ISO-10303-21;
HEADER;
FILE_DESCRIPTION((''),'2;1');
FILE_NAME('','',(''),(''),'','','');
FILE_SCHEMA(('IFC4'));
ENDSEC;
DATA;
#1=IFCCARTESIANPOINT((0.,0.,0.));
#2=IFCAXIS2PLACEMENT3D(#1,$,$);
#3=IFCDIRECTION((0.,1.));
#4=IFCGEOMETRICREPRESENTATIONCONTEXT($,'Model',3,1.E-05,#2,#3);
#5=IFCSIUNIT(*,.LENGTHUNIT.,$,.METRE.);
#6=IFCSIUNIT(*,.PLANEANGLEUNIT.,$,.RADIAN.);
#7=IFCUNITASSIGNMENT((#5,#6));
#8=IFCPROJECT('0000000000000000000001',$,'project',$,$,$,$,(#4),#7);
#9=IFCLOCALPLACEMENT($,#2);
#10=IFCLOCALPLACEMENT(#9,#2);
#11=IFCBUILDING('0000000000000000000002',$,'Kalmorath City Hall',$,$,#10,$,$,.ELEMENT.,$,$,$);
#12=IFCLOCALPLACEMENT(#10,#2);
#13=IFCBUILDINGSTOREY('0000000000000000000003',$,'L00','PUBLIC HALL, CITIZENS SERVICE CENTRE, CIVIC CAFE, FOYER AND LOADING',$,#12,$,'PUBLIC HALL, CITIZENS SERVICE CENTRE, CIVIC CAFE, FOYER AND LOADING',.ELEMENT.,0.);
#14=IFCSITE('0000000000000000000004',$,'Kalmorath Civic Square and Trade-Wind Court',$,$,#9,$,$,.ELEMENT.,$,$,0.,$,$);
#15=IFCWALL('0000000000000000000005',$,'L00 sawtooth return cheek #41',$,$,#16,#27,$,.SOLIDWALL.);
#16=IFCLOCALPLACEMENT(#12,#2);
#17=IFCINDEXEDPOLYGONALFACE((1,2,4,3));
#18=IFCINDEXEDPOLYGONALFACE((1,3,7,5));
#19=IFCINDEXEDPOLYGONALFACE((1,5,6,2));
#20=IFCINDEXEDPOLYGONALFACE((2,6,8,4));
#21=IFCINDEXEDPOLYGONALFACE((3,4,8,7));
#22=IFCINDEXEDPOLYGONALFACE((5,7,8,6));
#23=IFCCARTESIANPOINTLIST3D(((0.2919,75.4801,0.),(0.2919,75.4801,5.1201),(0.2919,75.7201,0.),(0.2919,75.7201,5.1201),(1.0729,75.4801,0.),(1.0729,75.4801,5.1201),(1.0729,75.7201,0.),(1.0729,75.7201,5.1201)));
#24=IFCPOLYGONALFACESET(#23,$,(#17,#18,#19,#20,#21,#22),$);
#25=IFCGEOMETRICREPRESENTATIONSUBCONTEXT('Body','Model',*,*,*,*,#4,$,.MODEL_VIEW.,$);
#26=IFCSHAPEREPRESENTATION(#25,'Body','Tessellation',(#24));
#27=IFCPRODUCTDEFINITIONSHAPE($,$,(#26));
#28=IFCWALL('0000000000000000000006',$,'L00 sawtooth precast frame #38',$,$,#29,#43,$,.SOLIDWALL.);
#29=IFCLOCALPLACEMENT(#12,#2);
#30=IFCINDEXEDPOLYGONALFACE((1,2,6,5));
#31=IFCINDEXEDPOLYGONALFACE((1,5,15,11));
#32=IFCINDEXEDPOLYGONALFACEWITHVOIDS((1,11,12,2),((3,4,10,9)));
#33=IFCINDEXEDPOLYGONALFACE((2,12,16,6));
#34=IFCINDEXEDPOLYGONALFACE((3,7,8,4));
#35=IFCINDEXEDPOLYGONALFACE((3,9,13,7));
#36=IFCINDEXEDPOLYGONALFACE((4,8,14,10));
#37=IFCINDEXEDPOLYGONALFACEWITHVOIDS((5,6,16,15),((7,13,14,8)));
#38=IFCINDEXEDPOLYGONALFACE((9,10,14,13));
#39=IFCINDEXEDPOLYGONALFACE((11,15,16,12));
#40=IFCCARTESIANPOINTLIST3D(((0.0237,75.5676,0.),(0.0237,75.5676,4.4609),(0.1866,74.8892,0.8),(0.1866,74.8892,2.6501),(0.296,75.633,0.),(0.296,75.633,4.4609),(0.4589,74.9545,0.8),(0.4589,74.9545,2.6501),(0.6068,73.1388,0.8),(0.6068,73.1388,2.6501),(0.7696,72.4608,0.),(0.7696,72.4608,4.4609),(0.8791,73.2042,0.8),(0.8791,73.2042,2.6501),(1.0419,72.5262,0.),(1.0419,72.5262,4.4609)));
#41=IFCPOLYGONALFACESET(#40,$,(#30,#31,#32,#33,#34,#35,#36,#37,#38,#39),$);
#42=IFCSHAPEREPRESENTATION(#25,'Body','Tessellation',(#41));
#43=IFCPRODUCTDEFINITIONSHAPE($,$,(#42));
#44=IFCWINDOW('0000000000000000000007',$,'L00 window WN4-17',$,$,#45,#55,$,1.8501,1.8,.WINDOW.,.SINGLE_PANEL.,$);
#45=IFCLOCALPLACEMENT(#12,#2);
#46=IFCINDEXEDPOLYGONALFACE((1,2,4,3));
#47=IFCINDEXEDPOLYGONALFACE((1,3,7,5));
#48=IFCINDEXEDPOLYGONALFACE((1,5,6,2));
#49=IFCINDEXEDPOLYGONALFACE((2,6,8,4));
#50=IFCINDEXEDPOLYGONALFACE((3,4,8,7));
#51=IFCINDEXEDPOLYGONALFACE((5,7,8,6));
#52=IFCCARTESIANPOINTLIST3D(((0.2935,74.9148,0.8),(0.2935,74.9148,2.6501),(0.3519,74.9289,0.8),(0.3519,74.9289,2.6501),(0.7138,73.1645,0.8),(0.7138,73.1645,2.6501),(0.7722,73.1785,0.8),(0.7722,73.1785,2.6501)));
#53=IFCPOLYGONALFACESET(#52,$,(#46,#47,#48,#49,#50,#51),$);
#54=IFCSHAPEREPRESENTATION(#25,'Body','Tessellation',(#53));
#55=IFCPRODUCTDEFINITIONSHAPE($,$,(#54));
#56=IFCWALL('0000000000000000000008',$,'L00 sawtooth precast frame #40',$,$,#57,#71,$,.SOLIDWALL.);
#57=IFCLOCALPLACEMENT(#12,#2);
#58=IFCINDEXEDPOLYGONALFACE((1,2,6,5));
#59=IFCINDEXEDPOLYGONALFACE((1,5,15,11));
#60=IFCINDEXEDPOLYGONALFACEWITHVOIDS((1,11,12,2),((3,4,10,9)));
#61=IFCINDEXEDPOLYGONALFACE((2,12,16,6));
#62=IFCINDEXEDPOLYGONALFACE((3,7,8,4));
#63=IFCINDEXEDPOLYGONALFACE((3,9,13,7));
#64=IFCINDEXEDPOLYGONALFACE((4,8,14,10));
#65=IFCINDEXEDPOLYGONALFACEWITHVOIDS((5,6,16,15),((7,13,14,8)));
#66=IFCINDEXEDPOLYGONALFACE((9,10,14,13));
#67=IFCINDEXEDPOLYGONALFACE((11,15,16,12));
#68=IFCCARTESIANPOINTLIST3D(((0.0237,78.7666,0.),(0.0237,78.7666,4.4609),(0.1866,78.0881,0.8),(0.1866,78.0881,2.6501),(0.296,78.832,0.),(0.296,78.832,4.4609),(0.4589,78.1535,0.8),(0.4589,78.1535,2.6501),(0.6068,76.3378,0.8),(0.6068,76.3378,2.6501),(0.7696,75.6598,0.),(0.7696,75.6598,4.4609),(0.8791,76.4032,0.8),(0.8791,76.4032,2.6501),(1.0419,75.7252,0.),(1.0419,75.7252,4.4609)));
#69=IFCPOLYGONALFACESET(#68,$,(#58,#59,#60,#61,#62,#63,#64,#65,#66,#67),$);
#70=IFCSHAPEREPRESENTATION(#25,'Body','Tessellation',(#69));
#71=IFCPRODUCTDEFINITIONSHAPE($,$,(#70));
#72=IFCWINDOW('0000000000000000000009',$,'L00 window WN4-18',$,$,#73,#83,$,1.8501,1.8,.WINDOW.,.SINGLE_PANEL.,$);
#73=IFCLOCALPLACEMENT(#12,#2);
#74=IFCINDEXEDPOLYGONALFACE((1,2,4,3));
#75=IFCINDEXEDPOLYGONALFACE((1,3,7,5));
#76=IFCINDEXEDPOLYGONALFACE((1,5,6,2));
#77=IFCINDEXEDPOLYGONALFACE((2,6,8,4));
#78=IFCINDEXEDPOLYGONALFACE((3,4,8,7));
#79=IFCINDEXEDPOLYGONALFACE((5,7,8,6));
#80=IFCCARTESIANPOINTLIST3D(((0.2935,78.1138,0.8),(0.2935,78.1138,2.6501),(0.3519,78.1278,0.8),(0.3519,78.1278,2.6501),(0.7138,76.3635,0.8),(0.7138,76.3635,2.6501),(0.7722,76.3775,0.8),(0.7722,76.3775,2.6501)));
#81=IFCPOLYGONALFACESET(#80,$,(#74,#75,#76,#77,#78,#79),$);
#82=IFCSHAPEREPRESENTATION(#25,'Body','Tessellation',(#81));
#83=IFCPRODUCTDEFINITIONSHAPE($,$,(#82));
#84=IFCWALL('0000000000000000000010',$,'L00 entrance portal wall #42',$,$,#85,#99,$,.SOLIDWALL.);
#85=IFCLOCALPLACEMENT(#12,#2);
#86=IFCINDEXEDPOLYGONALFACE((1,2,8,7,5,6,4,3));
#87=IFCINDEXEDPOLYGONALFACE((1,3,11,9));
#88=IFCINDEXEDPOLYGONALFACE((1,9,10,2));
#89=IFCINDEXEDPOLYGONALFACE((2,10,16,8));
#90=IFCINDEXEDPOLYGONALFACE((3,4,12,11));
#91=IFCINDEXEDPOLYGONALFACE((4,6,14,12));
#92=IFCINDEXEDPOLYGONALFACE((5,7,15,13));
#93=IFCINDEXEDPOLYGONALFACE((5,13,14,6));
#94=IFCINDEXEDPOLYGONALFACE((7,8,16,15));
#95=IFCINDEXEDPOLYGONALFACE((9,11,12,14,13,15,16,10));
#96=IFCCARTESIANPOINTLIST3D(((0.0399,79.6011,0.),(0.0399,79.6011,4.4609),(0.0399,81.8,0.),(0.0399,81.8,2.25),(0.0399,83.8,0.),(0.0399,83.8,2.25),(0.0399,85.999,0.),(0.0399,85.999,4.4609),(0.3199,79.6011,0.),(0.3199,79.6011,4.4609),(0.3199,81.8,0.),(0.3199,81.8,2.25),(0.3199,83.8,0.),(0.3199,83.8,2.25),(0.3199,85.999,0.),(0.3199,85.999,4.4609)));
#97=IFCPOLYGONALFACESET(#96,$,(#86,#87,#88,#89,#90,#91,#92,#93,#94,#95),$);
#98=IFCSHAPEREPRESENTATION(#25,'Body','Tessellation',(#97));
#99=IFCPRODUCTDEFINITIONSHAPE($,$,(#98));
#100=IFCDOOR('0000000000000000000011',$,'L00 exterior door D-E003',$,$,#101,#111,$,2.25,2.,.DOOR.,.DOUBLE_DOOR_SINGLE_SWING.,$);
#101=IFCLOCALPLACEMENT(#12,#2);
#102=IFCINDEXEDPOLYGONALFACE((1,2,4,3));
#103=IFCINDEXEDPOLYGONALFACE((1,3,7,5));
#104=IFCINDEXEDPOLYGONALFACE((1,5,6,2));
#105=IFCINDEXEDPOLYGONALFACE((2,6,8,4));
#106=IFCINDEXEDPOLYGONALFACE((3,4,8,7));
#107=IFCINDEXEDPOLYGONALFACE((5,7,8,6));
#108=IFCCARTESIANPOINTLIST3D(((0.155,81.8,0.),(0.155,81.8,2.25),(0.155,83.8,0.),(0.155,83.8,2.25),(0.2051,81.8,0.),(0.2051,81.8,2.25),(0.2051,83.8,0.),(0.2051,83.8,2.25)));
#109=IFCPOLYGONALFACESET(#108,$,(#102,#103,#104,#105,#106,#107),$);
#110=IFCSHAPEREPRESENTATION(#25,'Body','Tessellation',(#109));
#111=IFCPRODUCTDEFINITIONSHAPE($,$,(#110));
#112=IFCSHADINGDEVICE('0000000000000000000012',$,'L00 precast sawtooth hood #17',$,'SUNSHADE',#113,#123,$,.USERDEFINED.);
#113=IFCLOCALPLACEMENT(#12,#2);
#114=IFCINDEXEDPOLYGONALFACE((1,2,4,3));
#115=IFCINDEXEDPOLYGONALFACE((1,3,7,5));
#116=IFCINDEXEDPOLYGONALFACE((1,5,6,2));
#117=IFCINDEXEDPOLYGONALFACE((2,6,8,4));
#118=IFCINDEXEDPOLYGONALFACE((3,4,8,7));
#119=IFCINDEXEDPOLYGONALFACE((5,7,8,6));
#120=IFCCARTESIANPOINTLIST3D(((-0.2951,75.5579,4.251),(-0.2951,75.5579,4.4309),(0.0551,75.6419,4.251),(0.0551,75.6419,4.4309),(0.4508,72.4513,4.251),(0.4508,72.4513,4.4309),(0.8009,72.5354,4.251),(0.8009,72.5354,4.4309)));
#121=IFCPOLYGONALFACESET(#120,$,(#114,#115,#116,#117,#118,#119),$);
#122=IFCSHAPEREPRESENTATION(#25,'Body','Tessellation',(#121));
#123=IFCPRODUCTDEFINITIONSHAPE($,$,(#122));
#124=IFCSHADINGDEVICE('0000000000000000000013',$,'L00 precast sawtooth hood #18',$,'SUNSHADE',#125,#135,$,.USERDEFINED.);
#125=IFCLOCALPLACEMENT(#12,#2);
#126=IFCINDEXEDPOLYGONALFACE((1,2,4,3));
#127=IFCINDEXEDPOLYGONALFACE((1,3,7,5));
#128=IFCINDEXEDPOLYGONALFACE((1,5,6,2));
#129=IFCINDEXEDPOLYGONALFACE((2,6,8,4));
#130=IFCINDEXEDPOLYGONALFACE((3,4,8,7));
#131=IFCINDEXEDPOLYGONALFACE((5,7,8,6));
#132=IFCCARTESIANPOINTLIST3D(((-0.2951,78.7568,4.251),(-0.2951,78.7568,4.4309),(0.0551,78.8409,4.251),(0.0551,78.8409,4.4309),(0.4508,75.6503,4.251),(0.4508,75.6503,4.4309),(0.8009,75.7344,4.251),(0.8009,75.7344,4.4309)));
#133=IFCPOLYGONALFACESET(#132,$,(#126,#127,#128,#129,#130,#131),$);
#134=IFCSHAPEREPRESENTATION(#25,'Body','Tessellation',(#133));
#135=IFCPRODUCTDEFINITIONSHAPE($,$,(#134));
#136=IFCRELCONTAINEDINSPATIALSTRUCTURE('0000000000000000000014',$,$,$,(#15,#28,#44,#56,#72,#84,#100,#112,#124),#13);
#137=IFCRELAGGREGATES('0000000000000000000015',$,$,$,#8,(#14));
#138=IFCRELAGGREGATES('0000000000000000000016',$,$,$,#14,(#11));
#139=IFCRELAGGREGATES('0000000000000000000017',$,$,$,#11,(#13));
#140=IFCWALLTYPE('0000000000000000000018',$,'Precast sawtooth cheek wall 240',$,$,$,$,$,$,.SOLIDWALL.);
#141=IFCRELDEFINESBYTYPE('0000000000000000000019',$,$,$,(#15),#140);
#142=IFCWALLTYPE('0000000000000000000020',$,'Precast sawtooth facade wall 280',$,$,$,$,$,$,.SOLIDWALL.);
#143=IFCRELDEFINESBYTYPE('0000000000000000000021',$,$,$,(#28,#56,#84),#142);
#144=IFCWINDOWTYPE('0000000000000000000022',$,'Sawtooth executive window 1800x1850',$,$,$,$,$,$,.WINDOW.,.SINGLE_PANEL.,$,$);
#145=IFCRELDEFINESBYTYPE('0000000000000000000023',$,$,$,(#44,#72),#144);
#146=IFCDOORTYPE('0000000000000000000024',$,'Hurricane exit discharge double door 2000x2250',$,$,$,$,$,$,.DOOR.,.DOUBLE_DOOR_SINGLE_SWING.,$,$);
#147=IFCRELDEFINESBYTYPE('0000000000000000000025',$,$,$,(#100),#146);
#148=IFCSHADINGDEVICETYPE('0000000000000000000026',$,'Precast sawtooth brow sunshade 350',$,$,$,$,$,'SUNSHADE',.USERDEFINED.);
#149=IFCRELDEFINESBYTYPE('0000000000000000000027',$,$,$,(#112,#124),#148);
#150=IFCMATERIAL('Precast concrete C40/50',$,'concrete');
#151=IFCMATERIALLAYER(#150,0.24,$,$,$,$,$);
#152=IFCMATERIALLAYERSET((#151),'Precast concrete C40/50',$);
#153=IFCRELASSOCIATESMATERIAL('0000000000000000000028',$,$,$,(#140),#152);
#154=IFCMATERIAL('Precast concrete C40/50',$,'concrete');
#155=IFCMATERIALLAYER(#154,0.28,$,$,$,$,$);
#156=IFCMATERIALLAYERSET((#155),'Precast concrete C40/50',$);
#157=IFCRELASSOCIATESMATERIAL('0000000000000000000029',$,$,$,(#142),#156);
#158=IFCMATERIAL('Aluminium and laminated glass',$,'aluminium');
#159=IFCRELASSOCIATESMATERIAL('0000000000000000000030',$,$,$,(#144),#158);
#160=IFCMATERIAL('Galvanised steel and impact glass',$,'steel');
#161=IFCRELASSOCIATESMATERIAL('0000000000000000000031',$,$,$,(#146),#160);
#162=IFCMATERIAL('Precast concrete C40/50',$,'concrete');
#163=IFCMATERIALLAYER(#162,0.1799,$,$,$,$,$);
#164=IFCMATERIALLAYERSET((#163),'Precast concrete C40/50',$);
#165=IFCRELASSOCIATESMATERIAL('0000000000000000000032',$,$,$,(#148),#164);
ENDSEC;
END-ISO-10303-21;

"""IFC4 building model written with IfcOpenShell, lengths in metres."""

from ifc_helpers import new_model, si_unit, direction, frame, frame_2d, origin, origin_2d, place, context, subcontext, project, spatial, rectangle, extrude, material, layer, layer_set, type_object, element, fill, save


model = new_model("IFC4")

# Units and contexts
model_context = context("Model", 3, precision=1e-05, world=origin(), true_north=direction((0.0, 1.0)))
body_context = subcontext(model_context, "Body", "Model", "MODEL_VIEW")
ifc_project = project(units=[si_unit("LENGTHUNIT", "METRE"), si_unit("PLANEANGLEUNIT", "RADIAN")], contexts=[model_context])

# Site, building, storey
site_placement = place(None, origin())
site = spatial("IfcSite", under=ifc_project, at=site_placement, Name="Kalmorath Civic Square and Trade-Wind Court", CompositionType="ELEMENT", RefElevation=0.0)
building_placement = place(site_placement, origin())
building = spatial("IfcBuilding", under=site, at=building_placement, Name="Kalmorath City Hall", CompositionType="ELEMENT")
storey_placement = place(building_placement, origin())
storey = spatial("IfcBuildingStorey", under=building, at=storey_placement, Name="L00", Description="PUBLIC HALL, CITIZENS SERVICE CENTRE, CIVIC CAFE, FOYER AND LOADING", LongName="PUBLIC HALL, CITIZENS SERVICE CENTRE, CIVIC CAFE, FOYER AND LOADING", CompositionType="ELEMENT", Elevation=0.0)

# Wall
ifc_material_1 = material(Name="Precast concrete C40/50", Category="concrete")
ifc_layer_1 = layer(ifc_material_1, 0.24)
ifc_layer_set_1 = layer_set([ifc_layer_1], Name="Precast concrete C40/50")
wall_type_1 = type_object("IfcWallType", Name="Precast sawtooth cheek wall 240", PredefinedType="SOLIDWALL", material=ifc_layer_set_1)
wall_1_placement = place(storey_placement, frame((1.073, 75.6001, 0.0), z_axis=(0.0, 0.0, 1.0), x_axis=(-1.0, 0.0, 0.0)))
element("IfcWall", 1, at=wall_1_placement, inside=storey, type_object=wall_type_1, Name="L00 sawtooth return cheek #41", PredefinedType="SOLIDWALL", context=body_context, shape_type="SweptSolid", body=[
    extrude(rectangle(XDim=0.781, YDim=0.24, at=frame_2d((0.3906, 0.0))), origin(), (0.0, 0.0, 1.0), 5.1201),
])

# Walls, openings, windows
ifc_material_2 = material(Name="Precast concrete C40/50", Category="concrete")
ifc_layer_2 = layer(ifc_material_2, 0.28)
ifc_layer_set_2 = layer_set([ifc_layer_2], Name="Precast concrete C40/50")
wall_type_2 = type_object("IfcWallType", Name="Precast sawtooth facade wall 280", PredefinedType="SOLIDWALL", material=ifc_layer_set_2)
wall_2_placement = place(storey_placement, frame((0.9058, 72.4934, 0.0), z_axis=(0.0, 0.0, 1.0), x_axis=(-0.233445, 0.97237, 0.0)))
wall_2 = element("IfcWall", 2, at=wall_2_placement, inside=storey, type_object=wall_type_2, Name="L00 sawtooth precast frame #38", PredefinedType="SOLIDWALL", context=body_context, shape_type="SweptSolid", body=[
    extrude(rectangle(XDim=3.1951, YDim=0.28, at=frame_2d((1.5977, 0.0))), origin(), (0.0, 0.0, 1.0), 4.4609),
])
opening_1_placement = place(wall_2_placement, frame((0.6975, 0.0, 0.8)))
opening_1 = element("IfcOpeningElement", 3, at=opening_1_placement, cuts=wall_2, PredefinedType="OPENING", context=body_context, shape_type="SweptSolid", body=[
    extrude(rectangle(XDim=1.8, YDim=1.8501, at=frame_2d((0.8999, 0.925))), frame((0.0, 0.1499, 0.0), z_axis=(0.0, -1.0, 0.0), x_axis=(1.0, 0.0, 0.0)), (0.0, 0.0, 1.0), 0.3),
])
ifc_material_3 = material(Name="Aluminium and laminated glass", Category="aluminium")
window_type = type_object("IfcWindowType", Name="Sawtooth executive window 1800x1850", PartitioningType="SINGLE_PANEL", PredefinedType="WINDOW", material=ifc_material_3)
window_1_placement = place(opening_1_placement, origin())
window_1 = element("IfcWindow", 4, at=window_1_placement, inside=storey, type_object=window_type, Name="L00 window WN4-17", OverallHeight=1.8501, OverallWidth=1.8, PartitioningType="SINGLE_PANEL", PredefinedType="WINDOW", context=body_context, shape_type="SweptSolid", body=[
    extrude(rectangle(XDim=1.8, YDim=1.8501, at=frame_2d((0.8999, 0.925))), frame((0.0, 0.03, 0.0), z_axis=(0.0, -1.0, 0.0), x_axis=(1.0, 0.0, 0.0)), (0.0, 0.0, 1.0), 0.0601),
])
fill(opening_1, window_1)
wall_3_placement = place(storey_placement, frame((0.9058, 75.6924, 0.0), z_axis=(0.0, 0.0, 1.0), x_axis=(-0.233445, 0.97237, 0.0)))
wall_3 = element("IfcWall", 5, at=wall_3_placement, inside=storey, type_object=wall_type_2, Name="L00 sawtooth precast frame #40", PredefinedType="SOLIDWALL", context=body_context, shape_type="SweptSolid", body=[
    extrude(rectangle(XDim=3.1951, YDim=0.28, at=frame_2d((1.5977, 0.0))), origin(), (0.0, 0.0, 1.0), 4.4609),
])
opening_2_placement = place(wall_3_placement, frame((0.6975, 0.0, 0.8)))
opening_2 = element("IfcOpeningElement", 6, at=opening_2_placement, cuts=wall_3, PredefinedType="OPENING", context=body_context, shape_type="SweptSolid", body=[
    extrude(rectangle(XDim=1.8, YDim=1.8501, at=frame_2d((0.8999, 0.925))), frame((0.0, 0.1499, 0.0), z_axis=(0.0, -1.0, 0.0), x_axis=(1.0, 0.0, 0.0)), (0.0, 0.0, 1.0), 0.3),
])
window_2_placement = place(opening_2_placement, origin())
window_2 = element("IfcWindow", 7, at=window_2_placement, inside=storey, type_object=window_type, Name="L00 window WN4-18", OverallHeight=1.8501, OverallWidth=1.8, PartitioningType="SINGLE_PANEL", PredefinedType="WINDOW", context=body_context, shape_type="SweptSolid", body=[
    extrude(rectangle(XDim=1.8, YDim=1.8501, at=frame_2d((0.8999, 0.925))), frame((0.0, 0.03, 0.0), z_axis=(0.0, -1.0, 0.0), x_axis=(1.0, 0.0, 0.0)), (0.0, 0.0, 1.0), 0.0601),
])
fill(opening_2, window_2)

# Wall, opening, door
wall_4_placement = place(storey_placement, frame((0.1799, 79.6011, 0.0), z_axis=(0.0, 0.0, 1.0), x_axis=(0.0, 1.0, 0.0)))
wall_4 = element("IfcWall", 8, at=wall_4_placement, inside=storey, type_object=wall_type_2, Name="L00 entrance portal wall #42", PredefinedType="SOLIDWALL", context=body_context, shape_type="SweptSolid", body=[
    extrude(rectangle(XDim=6.3979, YDim=0.28, at=frame_2d((3.199, 0.0))), origin(), (0.0, 0.0, 1.0), 4.4609),
])
opening_3_placement = place(wall_4_placement, frame((2.199, 0.0, 0.0)))
opening_3 = element("IfcOpeningElement", 9, at=opening_3_placement, cuts=wall_4, PredefinedType="OPENING", context=body_context, shape_type="SweptSolid", body=[
    extrude(rectangle(XDim=2.0, YDim=2.25, at=frame_2d((1.0, 1.125))), frame((0.0, 0.1499, 0.0), z_axis=(0.0, -1.0, 0.0), x_axis=(1.0, 0.0, 0.0)), (0.0, 0.0, 1.0), 0.3),
])
ifc_material_4 = material(Name="Galvanised steel and impact glass", Category="steel")
door_type = type_object("IfcDoorType", Name="Hurricane exit discharge double door 2000x2250", OperationType="DOUBLE_DOOR_SINGLE_SWING", PredefinedType="DOOR", material=ifc_material_4)
door_placement = place(opening_3_placement, origin())
door = element("IfcDoor", 10, at=door_placement, inside=storey, type_object=door_type, Name="L00 exterior door D-E003", OperationType="DOUBLE_DOOR_SINGLE_SWING", OverallHeight=2.25, OverallWidth=2.0, PredefinedType="DOOR", context=body_context, shape_type="SweptSolid", body=[
    extrude(rectangle(XDim=2.0, YDim=2.25, at=frame_2d((1.0, 1.125))), frame((0.0, 0.0249, 0.0), z_axis=(0.0, -1.0, 0.0), x_axis=(1.0, 0.0, 0.0)), (0.0, 0.0, 1.0), 0.05),
])
fill(opening_3, door)

# Shading devices
ifc_material_5 = material(Name="Precast concrete C40/50", Category="concrete")
ifc_layer_3 = layer(ifc_material_5, 0.1799)
ifc_layer_set_3 = layer_set([ifc_layer_3], Name="Precast concrete C40/50")
shading_device_type = type_object("IfcShadingDeviceType", Name="Precast sawtooth brow sunshade 350", ElementType="SUNSHADE", PredefinedType="USERDEFINED", material=ifc_layer_set_3)
for number, where, z_axis, x_axis, name in (
    (11, (0.2529, 74.0466, 4.251), (0.0, 0.0, 1.0), (-0.233445, 0.97237, 0.0), "L00 precast sawtooth hood #17"),
    (12, (0.2529, 77.2456, 4.251), (0.0, 0.0, 1.0), (-0.233445, 0.97237, 0.0), "L00 precast sawtooth hood #18"),
):
    element("IfcShadingDevice", number, at=place(storey_placement, frame(where, z_axis=z_axis, x_axis=x_axis)), inside=storey, type_object=shading_device_type, Name=name, ObjectType="SUNSHADE", PredefinedType="USERDEFINED", context=body_context, shape_type="SweptSolid", body=[
        extrude(rectangle(XDim=3.1948, YDim=0.3601, at=origin_2d()), origin(), (0.0, 0.0, 1.0), 0.1799),
    ])

save(model, "model.ifc")
